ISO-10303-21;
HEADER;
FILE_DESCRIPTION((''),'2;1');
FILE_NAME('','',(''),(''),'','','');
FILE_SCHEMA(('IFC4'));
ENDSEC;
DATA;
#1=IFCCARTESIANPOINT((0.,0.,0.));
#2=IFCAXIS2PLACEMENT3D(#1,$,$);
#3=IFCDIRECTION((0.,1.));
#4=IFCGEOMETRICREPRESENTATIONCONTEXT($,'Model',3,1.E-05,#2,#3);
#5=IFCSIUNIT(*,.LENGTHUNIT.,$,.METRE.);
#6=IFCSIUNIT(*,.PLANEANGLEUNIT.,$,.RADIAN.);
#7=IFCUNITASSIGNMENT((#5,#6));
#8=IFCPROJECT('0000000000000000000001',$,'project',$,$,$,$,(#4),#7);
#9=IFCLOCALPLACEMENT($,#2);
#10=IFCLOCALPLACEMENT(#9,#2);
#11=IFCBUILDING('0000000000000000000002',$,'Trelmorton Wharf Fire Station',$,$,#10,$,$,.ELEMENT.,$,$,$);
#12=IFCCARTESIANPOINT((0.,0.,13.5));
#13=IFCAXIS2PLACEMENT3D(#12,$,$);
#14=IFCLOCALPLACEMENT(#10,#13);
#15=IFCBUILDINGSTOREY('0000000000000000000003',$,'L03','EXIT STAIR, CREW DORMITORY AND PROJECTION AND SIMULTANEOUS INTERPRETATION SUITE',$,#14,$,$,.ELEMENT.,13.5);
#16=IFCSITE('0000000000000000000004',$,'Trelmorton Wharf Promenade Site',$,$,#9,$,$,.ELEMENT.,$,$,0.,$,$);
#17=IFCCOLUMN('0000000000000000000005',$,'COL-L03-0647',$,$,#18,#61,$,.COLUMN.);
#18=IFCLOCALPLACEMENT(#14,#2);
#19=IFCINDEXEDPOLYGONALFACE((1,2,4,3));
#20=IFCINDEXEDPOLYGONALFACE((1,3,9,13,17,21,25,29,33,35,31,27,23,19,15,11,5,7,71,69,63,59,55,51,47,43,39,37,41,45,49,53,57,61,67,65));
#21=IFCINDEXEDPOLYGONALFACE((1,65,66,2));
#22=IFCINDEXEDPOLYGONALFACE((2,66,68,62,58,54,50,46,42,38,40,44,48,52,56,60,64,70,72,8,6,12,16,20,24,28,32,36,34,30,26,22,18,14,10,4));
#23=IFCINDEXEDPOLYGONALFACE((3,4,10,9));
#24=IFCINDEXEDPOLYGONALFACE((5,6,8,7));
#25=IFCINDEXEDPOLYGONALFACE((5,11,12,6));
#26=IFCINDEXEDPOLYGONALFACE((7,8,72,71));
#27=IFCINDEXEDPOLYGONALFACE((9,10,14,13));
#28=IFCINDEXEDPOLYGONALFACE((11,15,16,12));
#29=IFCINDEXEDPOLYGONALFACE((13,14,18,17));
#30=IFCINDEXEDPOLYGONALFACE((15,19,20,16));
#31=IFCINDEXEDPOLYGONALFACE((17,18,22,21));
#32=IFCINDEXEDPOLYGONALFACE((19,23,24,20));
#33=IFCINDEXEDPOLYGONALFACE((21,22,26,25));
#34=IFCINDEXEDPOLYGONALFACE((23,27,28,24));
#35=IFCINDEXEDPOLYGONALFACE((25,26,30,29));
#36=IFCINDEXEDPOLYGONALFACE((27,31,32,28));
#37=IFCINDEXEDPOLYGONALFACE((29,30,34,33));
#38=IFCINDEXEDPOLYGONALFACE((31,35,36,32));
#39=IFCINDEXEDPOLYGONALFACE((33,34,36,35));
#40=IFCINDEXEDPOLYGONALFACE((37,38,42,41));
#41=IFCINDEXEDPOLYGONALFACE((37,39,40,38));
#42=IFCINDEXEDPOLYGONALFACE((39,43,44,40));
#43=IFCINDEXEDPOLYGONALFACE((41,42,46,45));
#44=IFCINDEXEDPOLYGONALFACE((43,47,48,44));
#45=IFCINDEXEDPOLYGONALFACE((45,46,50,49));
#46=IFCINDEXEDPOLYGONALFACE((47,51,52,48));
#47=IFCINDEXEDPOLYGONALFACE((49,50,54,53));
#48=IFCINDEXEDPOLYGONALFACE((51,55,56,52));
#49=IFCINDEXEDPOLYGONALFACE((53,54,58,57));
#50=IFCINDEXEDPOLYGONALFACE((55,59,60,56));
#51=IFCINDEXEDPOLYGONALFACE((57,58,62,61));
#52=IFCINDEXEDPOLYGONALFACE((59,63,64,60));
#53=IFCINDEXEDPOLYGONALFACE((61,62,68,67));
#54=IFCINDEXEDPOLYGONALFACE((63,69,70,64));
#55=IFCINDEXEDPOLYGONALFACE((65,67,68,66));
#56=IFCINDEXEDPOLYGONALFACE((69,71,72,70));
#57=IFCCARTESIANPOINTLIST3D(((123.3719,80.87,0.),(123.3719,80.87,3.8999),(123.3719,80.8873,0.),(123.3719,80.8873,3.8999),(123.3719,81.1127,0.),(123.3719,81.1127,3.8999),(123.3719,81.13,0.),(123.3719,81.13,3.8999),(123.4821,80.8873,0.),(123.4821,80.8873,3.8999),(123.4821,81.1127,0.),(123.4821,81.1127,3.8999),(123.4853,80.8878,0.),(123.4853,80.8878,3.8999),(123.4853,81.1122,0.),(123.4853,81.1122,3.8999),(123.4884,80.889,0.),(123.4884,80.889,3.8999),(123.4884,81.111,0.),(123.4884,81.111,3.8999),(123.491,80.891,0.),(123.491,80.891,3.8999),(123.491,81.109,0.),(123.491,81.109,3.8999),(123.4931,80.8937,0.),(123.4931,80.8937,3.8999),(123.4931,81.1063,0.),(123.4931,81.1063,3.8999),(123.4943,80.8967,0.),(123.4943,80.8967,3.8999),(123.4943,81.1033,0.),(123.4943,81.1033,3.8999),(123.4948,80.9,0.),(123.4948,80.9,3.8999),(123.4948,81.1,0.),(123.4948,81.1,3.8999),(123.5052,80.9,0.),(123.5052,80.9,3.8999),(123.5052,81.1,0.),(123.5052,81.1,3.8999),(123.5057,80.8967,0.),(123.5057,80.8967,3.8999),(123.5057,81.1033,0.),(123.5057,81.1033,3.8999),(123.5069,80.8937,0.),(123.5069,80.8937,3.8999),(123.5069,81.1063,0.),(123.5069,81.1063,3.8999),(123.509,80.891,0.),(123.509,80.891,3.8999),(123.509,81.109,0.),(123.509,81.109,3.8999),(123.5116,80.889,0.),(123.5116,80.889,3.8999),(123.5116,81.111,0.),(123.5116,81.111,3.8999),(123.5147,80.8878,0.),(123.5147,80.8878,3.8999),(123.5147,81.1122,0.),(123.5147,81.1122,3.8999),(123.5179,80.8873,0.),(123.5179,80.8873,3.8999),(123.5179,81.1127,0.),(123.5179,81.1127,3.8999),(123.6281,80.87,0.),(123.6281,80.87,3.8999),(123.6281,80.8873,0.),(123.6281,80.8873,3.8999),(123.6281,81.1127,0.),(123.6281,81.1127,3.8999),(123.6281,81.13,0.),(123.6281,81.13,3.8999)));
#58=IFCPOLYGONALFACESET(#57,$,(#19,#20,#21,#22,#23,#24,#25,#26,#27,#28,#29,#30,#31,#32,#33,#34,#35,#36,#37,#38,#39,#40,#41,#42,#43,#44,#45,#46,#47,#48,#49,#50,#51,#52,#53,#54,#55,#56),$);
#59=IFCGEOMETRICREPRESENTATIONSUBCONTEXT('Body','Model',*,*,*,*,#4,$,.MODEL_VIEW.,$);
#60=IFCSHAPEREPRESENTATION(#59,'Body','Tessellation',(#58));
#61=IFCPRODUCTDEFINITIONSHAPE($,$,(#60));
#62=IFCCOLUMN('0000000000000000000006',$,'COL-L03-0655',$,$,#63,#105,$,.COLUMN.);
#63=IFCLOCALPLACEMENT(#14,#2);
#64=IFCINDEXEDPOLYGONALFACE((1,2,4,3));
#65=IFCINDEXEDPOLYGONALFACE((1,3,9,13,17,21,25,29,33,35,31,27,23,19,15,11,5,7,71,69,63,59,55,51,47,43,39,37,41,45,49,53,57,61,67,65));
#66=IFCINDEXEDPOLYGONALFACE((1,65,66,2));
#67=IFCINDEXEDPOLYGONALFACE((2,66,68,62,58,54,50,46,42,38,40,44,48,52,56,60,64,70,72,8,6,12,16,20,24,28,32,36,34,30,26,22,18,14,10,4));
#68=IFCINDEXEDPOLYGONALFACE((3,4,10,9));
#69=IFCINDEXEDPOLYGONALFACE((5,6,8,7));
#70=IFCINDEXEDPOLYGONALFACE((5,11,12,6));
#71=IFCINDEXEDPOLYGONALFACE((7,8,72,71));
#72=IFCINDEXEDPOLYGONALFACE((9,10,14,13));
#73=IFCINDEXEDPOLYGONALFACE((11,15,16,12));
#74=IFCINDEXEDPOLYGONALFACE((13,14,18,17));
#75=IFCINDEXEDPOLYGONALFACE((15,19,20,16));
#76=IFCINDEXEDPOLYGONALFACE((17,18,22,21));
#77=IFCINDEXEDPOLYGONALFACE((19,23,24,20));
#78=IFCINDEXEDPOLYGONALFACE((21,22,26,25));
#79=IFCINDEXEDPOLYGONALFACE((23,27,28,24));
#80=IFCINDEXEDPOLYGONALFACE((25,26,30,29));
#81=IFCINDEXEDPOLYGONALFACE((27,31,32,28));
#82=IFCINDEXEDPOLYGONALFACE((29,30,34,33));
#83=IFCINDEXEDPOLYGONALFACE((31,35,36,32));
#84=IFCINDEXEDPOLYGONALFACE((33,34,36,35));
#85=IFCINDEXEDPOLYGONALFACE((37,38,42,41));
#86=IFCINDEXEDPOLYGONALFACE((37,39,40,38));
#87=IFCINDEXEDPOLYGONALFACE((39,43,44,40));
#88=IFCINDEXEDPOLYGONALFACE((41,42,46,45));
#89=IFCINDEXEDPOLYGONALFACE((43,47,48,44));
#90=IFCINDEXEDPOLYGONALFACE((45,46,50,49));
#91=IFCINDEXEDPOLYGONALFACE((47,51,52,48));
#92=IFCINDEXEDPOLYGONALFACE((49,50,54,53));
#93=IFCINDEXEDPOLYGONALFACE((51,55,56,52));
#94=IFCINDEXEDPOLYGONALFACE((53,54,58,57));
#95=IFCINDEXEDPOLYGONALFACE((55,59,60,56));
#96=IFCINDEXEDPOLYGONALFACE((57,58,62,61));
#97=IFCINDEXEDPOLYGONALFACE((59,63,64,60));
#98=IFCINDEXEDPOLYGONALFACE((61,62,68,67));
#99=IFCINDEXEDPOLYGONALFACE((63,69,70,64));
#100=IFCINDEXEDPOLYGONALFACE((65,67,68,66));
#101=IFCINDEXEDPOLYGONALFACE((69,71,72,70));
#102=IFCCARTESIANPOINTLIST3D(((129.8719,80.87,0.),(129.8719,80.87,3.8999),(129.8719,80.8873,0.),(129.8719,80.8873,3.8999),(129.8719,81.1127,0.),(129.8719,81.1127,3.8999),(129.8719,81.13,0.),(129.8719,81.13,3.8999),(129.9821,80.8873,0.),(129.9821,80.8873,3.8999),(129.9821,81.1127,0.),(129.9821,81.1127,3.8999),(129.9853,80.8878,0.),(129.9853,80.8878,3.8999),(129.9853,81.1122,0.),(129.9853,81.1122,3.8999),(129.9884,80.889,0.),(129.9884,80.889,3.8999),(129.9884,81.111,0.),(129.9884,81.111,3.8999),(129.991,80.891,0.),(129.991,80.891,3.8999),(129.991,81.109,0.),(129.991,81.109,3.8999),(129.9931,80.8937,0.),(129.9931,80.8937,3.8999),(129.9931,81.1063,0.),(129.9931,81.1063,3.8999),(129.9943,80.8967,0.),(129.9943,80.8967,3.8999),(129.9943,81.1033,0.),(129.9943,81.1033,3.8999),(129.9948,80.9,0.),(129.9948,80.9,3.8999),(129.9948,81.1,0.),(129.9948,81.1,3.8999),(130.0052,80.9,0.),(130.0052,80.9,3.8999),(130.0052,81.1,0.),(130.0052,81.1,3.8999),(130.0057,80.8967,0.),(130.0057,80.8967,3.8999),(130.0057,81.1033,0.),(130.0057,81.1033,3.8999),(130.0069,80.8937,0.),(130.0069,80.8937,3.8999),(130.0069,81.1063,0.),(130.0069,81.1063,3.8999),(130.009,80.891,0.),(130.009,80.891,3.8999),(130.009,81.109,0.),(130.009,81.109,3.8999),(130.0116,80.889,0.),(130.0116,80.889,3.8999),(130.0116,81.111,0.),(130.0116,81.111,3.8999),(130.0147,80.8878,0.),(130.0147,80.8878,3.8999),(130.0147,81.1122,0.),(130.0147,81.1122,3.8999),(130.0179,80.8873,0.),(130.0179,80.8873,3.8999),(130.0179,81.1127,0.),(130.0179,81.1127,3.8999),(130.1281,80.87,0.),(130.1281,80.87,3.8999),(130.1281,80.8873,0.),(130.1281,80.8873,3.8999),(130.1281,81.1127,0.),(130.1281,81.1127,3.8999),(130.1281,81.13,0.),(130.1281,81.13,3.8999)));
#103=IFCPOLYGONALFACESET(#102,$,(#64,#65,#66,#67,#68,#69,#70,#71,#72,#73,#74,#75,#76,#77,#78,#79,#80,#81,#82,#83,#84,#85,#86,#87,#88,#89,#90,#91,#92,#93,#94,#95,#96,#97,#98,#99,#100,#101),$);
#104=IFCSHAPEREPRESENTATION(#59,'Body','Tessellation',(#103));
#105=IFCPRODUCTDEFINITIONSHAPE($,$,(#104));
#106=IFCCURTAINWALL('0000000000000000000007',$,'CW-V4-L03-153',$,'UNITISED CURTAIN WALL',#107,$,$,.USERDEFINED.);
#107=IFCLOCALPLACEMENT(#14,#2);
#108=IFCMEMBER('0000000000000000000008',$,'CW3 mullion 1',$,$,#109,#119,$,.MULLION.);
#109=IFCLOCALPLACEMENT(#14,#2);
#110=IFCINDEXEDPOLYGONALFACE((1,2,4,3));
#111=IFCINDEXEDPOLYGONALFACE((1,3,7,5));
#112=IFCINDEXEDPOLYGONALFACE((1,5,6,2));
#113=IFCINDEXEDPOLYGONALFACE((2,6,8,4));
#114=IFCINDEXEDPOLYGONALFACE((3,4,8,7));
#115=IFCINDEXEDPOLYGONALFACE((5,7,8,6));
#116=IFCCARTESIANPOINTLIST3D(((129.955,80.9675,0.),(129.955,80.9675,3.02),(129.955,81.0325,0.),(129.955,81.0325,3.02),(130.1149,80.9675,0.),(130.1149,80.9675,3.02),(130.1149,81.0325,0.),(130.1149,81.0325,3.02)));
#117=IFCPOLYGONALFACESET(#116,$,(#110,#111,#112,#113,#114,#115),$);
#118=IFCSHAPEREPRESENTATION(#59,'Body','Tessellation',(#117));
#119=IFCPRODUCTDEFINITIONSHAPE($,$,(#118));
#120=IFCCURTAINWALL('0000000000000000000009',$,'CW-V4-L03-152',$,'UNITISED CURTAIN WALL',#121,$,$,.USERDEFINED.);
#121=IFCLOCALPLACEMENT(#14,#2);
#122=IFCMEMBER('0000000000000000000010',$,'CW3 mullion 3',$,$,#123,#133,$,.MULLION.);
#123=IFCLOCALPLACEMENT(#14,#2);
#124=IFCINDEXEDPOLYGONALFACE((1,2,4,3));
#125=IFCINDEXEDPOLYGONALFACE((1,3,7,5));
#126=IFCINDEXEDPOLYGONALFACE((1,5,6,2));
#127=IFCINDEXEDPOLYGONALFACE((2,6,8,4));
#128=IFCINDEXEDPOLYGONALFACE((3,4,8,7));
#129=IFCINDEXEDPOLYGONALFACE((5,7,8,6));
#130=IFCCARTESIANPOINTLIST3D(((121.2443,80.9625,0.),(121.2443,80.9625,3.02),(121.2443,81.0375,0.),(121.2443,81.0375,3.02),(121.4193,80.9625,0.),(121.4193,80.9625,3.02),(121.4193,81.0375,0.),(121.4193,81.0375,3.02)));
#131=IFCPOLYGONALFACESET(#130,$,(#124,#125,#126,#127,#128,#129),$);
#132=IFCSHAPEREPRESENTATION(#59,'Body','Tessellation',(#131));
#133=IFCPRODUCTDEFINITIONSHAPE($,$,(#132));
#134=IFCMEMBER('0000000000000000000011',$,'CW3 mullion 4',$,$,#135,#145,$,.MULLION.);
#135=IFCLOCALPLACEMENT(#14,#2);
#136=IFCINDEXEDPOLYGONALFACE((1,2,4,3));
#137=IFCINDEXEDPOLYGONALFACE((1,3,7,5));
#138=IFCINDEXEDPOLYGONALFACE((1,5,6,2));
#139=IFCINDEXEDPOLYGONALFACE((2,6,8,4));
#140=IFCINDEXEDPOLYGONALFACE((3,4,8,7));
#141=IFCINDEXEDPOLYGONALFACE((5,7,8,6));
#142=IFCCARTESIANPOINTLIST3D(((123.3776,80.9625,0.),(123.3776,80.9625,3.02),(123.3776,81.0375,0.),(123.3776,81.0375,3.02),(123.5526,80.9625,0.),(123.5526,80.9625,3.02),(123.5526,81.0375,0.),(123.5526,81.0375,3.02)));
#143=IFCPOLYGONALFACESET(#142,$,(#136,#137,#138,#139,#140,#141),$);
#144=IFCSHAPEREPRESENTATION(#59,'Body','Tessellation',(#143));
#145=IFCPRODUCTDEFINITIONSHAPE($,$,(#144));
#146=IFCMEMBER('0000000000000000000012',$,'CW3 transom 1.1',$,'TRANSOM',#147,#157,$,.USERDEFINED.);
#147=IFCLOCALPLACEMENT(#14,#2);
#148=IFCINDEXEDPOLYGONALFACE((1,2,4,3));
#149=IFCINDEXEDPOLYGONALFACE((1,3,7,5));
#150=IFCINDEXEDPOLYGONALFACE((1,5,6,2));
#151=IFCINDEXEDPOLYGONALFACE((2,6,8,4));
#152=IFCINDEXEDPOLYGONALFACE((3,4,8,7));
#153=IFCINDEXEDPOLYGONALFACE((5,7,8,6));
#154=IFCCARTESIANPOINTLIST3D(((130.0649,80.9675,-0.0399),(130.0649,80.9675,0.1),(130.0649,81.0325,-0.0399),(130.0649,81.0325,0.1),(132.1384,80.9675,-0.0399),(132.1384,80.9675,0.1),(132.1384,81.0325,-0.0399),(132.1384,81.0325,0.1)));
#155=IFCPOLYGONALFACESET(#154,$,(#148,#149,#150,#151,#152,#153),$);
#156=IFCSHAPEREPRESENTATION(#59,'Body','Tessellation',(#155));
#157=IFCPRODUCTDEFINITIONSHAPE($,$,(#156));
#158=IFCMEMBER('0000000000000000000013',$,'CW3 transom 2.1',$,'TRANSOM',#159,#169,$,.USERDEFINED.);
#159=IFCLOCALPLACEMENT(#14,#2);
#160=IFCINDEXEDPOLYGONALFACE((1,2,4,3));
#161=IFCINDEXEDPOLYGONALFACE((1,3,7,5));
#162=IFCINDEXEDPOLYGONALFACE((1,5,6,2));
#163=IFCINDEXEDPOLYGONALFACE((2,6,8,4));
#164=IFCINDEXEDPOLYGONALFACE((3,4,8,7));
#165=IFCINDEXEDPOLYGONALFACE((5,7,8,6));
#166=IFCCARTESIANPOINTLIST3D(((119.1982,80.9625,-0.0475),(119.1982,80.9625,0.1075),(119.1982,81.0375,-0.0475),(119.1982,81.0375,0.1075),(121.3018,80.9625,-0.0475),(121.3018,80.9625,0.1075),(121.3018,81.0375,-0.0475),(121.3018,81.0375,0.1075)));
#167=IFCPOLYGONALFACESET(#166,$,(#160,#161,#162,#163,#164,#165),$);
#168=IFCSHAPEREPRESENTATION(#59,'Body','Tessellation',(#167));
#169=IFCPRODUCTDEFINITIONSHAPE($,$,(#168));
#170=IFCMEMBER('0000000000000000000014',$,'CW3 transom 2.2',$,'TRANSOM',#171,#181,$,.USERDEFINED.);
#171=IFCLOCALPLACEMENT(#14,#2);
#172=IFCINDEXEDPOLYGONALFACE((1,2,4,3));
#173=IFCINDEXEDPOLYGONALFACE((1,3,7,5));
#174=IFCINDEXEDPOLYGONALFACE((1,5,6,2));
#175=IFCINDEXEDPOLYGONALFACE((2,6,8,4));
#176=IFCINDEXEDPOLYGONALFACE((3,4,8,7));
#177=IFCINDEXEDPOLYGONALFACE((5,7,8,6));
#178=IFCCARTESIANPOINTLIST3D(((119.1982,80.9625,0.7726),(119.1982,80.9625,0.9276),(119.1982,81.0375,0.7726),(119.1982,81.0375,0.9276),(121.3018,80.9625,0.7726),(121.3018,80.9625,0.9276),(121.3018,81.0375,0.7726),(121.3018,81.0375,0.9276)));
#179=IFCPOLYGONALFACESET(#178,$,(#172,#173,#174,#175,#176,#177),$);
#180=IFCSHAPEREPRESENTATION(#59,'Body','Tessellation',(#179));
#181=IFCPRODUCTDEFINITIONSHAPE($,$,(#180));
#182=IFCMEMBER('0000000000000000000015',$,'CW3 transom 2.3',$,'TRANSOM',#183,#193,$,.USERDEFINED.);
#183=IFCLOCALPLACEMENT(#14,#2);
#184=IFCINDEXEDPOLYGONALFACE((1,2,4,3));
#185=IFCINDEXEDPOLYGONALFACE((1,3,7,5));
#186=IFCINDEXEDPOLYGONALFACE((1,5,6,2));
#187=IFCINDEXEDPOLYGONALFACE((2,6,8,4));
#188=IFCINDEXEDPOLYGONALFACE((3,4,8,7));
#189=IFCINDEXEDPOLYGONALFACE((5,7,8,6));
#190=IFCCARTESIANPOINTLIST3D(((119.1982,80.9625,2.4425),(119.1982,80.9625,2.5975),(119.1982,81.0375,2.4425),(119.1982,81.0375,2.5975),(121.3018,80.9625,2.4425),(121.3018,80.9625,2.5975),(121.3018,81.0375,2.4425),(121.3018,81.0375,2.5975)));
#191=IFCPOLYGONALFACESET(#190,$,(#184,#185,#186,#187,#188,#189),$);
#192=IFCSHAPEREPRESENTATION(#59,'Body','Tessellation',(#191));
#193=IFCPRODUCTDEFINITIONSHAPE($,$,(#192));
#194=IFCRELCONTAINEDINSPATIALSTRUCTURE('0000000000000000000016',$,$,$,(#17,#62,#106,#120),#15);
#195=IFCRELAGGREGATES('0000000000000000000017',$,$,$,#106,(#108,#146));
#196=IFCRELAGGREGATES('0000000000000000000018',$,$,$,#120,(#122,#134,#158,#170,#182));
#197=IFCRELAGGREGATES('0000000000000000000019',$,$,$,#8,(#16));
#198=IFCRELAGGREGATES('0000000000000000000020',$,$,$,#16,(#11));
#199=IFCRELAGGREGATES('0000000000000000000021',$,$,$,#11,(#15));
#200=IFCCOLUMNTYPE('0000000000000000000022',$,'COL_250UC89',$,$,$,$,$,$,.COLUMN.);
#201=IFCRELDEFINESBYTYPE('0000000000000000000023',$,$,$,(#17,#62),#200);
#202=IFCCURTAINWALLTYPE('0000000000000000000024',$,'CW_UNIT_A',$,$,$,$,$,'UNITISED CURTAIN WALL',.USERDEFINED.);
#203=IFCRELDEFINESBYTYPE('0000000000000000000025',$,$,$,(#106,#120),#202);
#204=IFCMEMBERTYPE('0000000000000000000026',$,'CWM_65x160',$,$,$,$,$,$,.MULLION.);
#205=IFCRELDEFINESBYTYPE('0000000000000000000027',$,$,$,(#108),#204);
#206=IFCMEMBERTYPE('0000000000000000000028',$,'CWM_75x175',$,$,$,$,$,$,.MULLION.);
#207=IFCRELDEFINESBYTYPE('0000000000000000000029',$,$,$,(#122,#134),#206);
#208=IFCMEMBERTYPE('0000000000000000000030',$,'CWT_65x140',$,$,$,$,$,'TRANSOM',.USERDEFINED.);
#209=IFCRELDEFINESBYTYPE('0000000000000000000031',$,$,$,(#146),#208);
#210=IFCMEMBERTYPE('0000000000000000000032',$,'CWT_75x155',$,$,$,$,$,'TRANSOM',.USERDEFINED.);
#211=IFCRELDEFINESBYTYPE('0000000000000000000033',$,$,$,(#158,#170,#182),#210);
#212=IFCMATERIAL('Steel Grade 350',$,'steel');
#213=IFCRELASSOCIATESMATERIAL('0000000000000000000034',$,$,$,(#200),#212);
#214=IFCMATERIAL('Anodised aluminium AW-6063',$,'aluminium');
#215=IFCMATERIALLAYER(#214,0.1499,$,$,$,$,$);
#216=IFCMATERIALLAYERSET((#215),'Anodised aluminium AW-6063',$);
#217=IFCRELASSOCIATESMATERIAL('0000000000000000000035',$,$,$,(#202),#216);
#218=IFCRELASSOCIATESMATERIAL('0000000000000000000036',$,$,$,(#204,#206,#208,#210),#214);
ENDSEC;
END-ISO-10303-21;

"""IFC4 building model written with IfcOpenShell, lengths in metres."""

from ifc_helpers import new_model, si_unit, direction, frame, origin, origin_2d, place, context, subcontext, project, spatial, rectangle, i_section, extrude, material, layer, layer_set, material_profile, profile_set, type_object, element, aggregate, save


model = new_model("IFC4")

# Units and contexts
model_context = context("Model", 3, precision=1e-05, world=origin(), true_north=direction((0.0, 1.0)))
body_context = subcontext(model_context, "Body", "Model", "MODEL_VIEW")
ifc_project = project(units=[si_unit("LENGTHUNIT", "METRE"), si_unit("PLANEANGLEUNIT", "RADIAN")], contexts=[model_context])

# Site, building, storey
site_placement = place(None, origin())
site = spatial("IfcSite", under=ifc_project, at=site_placement, Name="Trelmorton Wharf Promenade Site", CompositionType="ELEMENT", RefElevation=0.0)
building_placement = place(site_placement, origin())
building = spatial("IfcBuilding", under=site, at=building_placement, Name="Trelmorton Wharf Fire Station", CompositionType="ELEMENT")
storey_placement = place(building_placement, frame((0.0, 0.0, 13.5)))
storey = spatial("IfcBuildingStorey", under=building, at=storey_placement, Name="L03", Description="EXIT STAIR, CREW DORMITORY AND PROJECTION AND SIMULTANEOUS INTERPRETATION SUITE", CompositionType="ELEMENT", Elevation=13.5)

# Columns
ifc_material_1 = material(Name="Steel Grade 350", Category="steel")
ifc_material_profile_1 = material_profile(ifc_material_1, i_section(OverallWidth=0.2561, OverallDepth=0.26, WebThickness=0.0105, FlangeThickness=0.0173, FilletRadius=0.0127, at=origin_2d()), Name="250UC89.5")
ifc_profile_set_1 = profile_set([ifc_material_profile_1], Name="Steel Grade 350")
column_type = type_object("IfcColumnType", Name="COL_250UC89", PredefinedType="COLUMN", material=ifc_profile_set_1)
for number, where, z_axis, x_axis, name in (
    (1, (123.5, 81.0, 0.0), (0.0, 0.0, 1.0), (1.0, 0.0, 0.0), "COL-L03-0647"),
    (2, (130.0, 81.0, 0.0), (0.0, 0.0, 1.0), (1.0, 0.0, 0.0), "COL-L03-0655"),
):
    element("IfcColumn", number, at=place(storey_placement, frame(where, z_axis=z_axis, x_axis=x_axis)), inside=storey, type_object=column_type, Name=name, PredefinedType="COLUMN", context=body_context, shape_type="SweptSolid", body=[
        extrude(i_section(OverallWidth=0.2561, OverallDepth=0.26, WebThickness=0.0105, FlangeThickness=0.0173, FilletRadius=0.0127, at=origin_2d()), origin(), (0.0, 0.0, 1.0), 3.8999),
    ])

# Curtain wall, member
ifc_material_2 = material(Name="Anodised aluminium AW-6063", Category="aluminium")
ifc_layer_1 = layer(ifc_material_2, 0.1499)
ifc_layer_set_1 = layer_set([ifc_layer_1], Name="Anodised aluminium AW-6063")
curtain_wall_type = type_object("IfcCurtainWallType", Name="CW_UNIT_A", ElementType="UNITISED CURTAIN WALL", PredefinedType="USERDEFINED", material=ifc_layer_set_1)
curtain_wall_1_placement = place(storey_placement, origin())
curtain_wall_1 = element("IfcCurtainWall", 3, at=curtain_wall_1_placement, inside=storey, type_object=curtain_wall_type, Name="CW-V4-L03-153", ObjectType="UNITISED CURTAIN WALL", PredefinedType="USERDEFINED")
ifc_material_profile_2 = material_profile(ifc_material_2, rectangle(XDim=0.0649, YDim=0.1599, at=origin_2d()), Name="ALU-65x160")
ifc_profile_set_2 = profile_set([ifc_material_profile_2], Name="Anodised aluminium AW-6063")
member_type_1 = type_object("IfcMemberType", Name="CWM_65x160", PredefinedType="MULLION", material=ifc_profile_set_2)
member_1_placement = place(storey_placement, frame((130.0349, 81.0, 0.0), z_axis=(0.0, 0.0, 1.0), x_axis=(0.0, 1.0, 0.0)))
member_1 = element("IfcMember", 4, at=member_1_placement, type_object=member_type_1, Name="CW3 mullion 1", PredefinedType="MULLION", context=body_context, shape_type="SweptSolid", body=[
    extrude(rectangle(XDim=0.0649, YDim=0.1599, at=origin_2d()), origin(), (0.0, 0.0, 1.0), 3.02),
])

# Curtain wall, members
curtain_wall_2_placement = place(storey_placement, origin())
curtain_wall_2 = element("IfcCurtainWall", 5, at=curtain_wall_2_placement, inside=storey, type_object=curtain_wall_type, Name="CW-V4-L03-152", ObjectType="UNITISED CURTAIN WALL", PredefinedType="USERDEFINED")
ifc_material_profile_3 = material_profile(ifc_material_2, rectangle(XDim=0.075, YDim=0.175, at=origin_2d()), Name="ALU-75x175")
ifc_profile_set_3 = profile_set([ifc_material_profile_3], Name="Anodised aluminium AW-6063")
member_type_2 = type_object("IfcMemberType", Name="CWM_75x175", PredefinedType="MULLION", material=ifc_profile_set_3)
member_2_placement = place(storey_placement, frame((121.3318, 81.0, 0.0), z_axis=(0.0, 0.0, 1.0), x_axis=(0.0, 1.0, 0.0)))
member_2 = element("IfcMember", 6, at=member_2_placement, type_object=member_type_2, Name="CW3 mullion 3", PredefinedType="MULLION", context=body_context, shape_type="SweptSolid", body=[
    extrude(rectangle(XDim=0.075, YDim=0.175, at=origin_2d()), origin(), (0.0, 0.0, 1.0), 3.02),
])
member_3_placement = place(storey_placement, frame((123.4651, 81.0, 0.0), z_axis=(0.0, 0.0, 1.0), x_axis=(0.0, 1.0, 0.0)))
member_3 = element("IfcMember", 7, at=member_3_placement, type_object=member_type_2, Name="CW3 mullion 4", PredefinedType="MULLION", context=body_context, shape_type="SweptSolid", body=[
    extrude(rectangle(XDim=0.075, YDim=0.175, at=origin_2d()), origin(), (0.0, 0.0, 1.0), 3.02),
])

# Members
ifc_material_profile_4 = material_profile(ifc_material_2, rectangle(XDim=0.0649, YDim=0.1399, at=origin_2d()), Name="ALU-65x140")
ifc_profile_set_4 = profile_set([ifc_material_profile_4], Name="Anodised aluminium AW-6063")
member_type_3 = type_object("IfcMemberType", Name="CWT_65x140", ElementType="TRANSOM", PredefinedType="USERDEFINED", material=ifc_profile_set_4)
member_4_placement = place(storey_placement, frame((130.0649, 81.0, 0.03), z_axis=(1.0, 0.0, 0.0), x_axis=(0.0, 1.0, 0.0)))
member_4 = element("IfcMember", 8, at=member_4_placement, type_object=member_type_3, Name="CW3 transom 1.1", ObjectType="TRANSOM", PredefinedType="USERDEFINED", context=body_context, shape_type="SweptSolid", body=[
    extrude(rectangle(XDim=0.0649, YDim=0.1399, at=origin_2d()), origin(), (0.0, 0.0, 1.0), 2.0735),
])
aggregate(curtain_wall_1, [member_1, member_4])
ifc_material_profile_5 = material_profile(ifc_material_2, rectangle(XDim=0.075, YDim=0.155, at=origin_2d()), Name="ALU-75x155")
ifc_profile_set_5 = profile_set([ifc_material_profile_5], Name="Anodised aluminium AW-6063")
member_type_4 = type_object("IfcMemberType", Name="CWT_75x155", ElementType="TRANSOM", PredefinedType="USERDEFINED", material=ifc_profile_set_5)
member_5_placement = place(storey_placement, frame((119.1982, 81.0, 0.03), z_axis=(1.0, 0.0, 0.0), x_axis=(0.0, 1.0, 0.0)))
member_5 = element("IfcMember", 9, at=member_5_placement, type_object=member_type_4, Name="CW3 transom 2.1", ObjectType="TRANSOM", PredefinedType="USERDEFINED", context=body_context, shape_type="SweptSolid", body=[
    extrude(rectangle(XDim=0.075, YDim=0.155, at=origin_2d()), origin(), (0.0, 0.0, 1.0), 2.1035),
])
member_6_placement = place(storey_placement, frame((119.1982, 81.0, 0.8501), z_axis=(1.0, 0.0, 0.0), x_axis=(0.0, 1.0, 0.0)))
member_6 = element("IfcMember", 10, at=member_6_placement, type_object=member_type_4, Name="CW3 transom 2.2", ObjectType="TRANSOM", PredefinedType="USERDEFINED", context=body_context, shape_type="SweptSolid", body=[
    extrude(rectangle(XDim=0.075, YDim=0.155, at=origin_2d()), origin(), (0.0, 0.0, 1.0), 2.1035),
])
member_7_placement = place(storey_placement, frame((119.1982, 81.0, 2.52), z_axis=(1.0, 0.0, 0.0), x_axis=(0.0, 1.0, 0.0)))
member_7 = element("IfcMember", 11, at=member_7_placement, type_object=member_type_4, Name="CW3 transom 2.3", ObjectType="TRANSOM", PredefinedType="USERDEFINED", context=body_context, shape_type="SweptSolid", body=[
    extrude(rectangle(XDim=0.075, YDim=0.155, at=origin_2d()), origin(), (0.0, 0.0, 1.0), 2.1035),
])

aggregate(curtain_wall_2, [member_2, member_3, member_5, member_6, member_7])

save(model, "model.ifc")
